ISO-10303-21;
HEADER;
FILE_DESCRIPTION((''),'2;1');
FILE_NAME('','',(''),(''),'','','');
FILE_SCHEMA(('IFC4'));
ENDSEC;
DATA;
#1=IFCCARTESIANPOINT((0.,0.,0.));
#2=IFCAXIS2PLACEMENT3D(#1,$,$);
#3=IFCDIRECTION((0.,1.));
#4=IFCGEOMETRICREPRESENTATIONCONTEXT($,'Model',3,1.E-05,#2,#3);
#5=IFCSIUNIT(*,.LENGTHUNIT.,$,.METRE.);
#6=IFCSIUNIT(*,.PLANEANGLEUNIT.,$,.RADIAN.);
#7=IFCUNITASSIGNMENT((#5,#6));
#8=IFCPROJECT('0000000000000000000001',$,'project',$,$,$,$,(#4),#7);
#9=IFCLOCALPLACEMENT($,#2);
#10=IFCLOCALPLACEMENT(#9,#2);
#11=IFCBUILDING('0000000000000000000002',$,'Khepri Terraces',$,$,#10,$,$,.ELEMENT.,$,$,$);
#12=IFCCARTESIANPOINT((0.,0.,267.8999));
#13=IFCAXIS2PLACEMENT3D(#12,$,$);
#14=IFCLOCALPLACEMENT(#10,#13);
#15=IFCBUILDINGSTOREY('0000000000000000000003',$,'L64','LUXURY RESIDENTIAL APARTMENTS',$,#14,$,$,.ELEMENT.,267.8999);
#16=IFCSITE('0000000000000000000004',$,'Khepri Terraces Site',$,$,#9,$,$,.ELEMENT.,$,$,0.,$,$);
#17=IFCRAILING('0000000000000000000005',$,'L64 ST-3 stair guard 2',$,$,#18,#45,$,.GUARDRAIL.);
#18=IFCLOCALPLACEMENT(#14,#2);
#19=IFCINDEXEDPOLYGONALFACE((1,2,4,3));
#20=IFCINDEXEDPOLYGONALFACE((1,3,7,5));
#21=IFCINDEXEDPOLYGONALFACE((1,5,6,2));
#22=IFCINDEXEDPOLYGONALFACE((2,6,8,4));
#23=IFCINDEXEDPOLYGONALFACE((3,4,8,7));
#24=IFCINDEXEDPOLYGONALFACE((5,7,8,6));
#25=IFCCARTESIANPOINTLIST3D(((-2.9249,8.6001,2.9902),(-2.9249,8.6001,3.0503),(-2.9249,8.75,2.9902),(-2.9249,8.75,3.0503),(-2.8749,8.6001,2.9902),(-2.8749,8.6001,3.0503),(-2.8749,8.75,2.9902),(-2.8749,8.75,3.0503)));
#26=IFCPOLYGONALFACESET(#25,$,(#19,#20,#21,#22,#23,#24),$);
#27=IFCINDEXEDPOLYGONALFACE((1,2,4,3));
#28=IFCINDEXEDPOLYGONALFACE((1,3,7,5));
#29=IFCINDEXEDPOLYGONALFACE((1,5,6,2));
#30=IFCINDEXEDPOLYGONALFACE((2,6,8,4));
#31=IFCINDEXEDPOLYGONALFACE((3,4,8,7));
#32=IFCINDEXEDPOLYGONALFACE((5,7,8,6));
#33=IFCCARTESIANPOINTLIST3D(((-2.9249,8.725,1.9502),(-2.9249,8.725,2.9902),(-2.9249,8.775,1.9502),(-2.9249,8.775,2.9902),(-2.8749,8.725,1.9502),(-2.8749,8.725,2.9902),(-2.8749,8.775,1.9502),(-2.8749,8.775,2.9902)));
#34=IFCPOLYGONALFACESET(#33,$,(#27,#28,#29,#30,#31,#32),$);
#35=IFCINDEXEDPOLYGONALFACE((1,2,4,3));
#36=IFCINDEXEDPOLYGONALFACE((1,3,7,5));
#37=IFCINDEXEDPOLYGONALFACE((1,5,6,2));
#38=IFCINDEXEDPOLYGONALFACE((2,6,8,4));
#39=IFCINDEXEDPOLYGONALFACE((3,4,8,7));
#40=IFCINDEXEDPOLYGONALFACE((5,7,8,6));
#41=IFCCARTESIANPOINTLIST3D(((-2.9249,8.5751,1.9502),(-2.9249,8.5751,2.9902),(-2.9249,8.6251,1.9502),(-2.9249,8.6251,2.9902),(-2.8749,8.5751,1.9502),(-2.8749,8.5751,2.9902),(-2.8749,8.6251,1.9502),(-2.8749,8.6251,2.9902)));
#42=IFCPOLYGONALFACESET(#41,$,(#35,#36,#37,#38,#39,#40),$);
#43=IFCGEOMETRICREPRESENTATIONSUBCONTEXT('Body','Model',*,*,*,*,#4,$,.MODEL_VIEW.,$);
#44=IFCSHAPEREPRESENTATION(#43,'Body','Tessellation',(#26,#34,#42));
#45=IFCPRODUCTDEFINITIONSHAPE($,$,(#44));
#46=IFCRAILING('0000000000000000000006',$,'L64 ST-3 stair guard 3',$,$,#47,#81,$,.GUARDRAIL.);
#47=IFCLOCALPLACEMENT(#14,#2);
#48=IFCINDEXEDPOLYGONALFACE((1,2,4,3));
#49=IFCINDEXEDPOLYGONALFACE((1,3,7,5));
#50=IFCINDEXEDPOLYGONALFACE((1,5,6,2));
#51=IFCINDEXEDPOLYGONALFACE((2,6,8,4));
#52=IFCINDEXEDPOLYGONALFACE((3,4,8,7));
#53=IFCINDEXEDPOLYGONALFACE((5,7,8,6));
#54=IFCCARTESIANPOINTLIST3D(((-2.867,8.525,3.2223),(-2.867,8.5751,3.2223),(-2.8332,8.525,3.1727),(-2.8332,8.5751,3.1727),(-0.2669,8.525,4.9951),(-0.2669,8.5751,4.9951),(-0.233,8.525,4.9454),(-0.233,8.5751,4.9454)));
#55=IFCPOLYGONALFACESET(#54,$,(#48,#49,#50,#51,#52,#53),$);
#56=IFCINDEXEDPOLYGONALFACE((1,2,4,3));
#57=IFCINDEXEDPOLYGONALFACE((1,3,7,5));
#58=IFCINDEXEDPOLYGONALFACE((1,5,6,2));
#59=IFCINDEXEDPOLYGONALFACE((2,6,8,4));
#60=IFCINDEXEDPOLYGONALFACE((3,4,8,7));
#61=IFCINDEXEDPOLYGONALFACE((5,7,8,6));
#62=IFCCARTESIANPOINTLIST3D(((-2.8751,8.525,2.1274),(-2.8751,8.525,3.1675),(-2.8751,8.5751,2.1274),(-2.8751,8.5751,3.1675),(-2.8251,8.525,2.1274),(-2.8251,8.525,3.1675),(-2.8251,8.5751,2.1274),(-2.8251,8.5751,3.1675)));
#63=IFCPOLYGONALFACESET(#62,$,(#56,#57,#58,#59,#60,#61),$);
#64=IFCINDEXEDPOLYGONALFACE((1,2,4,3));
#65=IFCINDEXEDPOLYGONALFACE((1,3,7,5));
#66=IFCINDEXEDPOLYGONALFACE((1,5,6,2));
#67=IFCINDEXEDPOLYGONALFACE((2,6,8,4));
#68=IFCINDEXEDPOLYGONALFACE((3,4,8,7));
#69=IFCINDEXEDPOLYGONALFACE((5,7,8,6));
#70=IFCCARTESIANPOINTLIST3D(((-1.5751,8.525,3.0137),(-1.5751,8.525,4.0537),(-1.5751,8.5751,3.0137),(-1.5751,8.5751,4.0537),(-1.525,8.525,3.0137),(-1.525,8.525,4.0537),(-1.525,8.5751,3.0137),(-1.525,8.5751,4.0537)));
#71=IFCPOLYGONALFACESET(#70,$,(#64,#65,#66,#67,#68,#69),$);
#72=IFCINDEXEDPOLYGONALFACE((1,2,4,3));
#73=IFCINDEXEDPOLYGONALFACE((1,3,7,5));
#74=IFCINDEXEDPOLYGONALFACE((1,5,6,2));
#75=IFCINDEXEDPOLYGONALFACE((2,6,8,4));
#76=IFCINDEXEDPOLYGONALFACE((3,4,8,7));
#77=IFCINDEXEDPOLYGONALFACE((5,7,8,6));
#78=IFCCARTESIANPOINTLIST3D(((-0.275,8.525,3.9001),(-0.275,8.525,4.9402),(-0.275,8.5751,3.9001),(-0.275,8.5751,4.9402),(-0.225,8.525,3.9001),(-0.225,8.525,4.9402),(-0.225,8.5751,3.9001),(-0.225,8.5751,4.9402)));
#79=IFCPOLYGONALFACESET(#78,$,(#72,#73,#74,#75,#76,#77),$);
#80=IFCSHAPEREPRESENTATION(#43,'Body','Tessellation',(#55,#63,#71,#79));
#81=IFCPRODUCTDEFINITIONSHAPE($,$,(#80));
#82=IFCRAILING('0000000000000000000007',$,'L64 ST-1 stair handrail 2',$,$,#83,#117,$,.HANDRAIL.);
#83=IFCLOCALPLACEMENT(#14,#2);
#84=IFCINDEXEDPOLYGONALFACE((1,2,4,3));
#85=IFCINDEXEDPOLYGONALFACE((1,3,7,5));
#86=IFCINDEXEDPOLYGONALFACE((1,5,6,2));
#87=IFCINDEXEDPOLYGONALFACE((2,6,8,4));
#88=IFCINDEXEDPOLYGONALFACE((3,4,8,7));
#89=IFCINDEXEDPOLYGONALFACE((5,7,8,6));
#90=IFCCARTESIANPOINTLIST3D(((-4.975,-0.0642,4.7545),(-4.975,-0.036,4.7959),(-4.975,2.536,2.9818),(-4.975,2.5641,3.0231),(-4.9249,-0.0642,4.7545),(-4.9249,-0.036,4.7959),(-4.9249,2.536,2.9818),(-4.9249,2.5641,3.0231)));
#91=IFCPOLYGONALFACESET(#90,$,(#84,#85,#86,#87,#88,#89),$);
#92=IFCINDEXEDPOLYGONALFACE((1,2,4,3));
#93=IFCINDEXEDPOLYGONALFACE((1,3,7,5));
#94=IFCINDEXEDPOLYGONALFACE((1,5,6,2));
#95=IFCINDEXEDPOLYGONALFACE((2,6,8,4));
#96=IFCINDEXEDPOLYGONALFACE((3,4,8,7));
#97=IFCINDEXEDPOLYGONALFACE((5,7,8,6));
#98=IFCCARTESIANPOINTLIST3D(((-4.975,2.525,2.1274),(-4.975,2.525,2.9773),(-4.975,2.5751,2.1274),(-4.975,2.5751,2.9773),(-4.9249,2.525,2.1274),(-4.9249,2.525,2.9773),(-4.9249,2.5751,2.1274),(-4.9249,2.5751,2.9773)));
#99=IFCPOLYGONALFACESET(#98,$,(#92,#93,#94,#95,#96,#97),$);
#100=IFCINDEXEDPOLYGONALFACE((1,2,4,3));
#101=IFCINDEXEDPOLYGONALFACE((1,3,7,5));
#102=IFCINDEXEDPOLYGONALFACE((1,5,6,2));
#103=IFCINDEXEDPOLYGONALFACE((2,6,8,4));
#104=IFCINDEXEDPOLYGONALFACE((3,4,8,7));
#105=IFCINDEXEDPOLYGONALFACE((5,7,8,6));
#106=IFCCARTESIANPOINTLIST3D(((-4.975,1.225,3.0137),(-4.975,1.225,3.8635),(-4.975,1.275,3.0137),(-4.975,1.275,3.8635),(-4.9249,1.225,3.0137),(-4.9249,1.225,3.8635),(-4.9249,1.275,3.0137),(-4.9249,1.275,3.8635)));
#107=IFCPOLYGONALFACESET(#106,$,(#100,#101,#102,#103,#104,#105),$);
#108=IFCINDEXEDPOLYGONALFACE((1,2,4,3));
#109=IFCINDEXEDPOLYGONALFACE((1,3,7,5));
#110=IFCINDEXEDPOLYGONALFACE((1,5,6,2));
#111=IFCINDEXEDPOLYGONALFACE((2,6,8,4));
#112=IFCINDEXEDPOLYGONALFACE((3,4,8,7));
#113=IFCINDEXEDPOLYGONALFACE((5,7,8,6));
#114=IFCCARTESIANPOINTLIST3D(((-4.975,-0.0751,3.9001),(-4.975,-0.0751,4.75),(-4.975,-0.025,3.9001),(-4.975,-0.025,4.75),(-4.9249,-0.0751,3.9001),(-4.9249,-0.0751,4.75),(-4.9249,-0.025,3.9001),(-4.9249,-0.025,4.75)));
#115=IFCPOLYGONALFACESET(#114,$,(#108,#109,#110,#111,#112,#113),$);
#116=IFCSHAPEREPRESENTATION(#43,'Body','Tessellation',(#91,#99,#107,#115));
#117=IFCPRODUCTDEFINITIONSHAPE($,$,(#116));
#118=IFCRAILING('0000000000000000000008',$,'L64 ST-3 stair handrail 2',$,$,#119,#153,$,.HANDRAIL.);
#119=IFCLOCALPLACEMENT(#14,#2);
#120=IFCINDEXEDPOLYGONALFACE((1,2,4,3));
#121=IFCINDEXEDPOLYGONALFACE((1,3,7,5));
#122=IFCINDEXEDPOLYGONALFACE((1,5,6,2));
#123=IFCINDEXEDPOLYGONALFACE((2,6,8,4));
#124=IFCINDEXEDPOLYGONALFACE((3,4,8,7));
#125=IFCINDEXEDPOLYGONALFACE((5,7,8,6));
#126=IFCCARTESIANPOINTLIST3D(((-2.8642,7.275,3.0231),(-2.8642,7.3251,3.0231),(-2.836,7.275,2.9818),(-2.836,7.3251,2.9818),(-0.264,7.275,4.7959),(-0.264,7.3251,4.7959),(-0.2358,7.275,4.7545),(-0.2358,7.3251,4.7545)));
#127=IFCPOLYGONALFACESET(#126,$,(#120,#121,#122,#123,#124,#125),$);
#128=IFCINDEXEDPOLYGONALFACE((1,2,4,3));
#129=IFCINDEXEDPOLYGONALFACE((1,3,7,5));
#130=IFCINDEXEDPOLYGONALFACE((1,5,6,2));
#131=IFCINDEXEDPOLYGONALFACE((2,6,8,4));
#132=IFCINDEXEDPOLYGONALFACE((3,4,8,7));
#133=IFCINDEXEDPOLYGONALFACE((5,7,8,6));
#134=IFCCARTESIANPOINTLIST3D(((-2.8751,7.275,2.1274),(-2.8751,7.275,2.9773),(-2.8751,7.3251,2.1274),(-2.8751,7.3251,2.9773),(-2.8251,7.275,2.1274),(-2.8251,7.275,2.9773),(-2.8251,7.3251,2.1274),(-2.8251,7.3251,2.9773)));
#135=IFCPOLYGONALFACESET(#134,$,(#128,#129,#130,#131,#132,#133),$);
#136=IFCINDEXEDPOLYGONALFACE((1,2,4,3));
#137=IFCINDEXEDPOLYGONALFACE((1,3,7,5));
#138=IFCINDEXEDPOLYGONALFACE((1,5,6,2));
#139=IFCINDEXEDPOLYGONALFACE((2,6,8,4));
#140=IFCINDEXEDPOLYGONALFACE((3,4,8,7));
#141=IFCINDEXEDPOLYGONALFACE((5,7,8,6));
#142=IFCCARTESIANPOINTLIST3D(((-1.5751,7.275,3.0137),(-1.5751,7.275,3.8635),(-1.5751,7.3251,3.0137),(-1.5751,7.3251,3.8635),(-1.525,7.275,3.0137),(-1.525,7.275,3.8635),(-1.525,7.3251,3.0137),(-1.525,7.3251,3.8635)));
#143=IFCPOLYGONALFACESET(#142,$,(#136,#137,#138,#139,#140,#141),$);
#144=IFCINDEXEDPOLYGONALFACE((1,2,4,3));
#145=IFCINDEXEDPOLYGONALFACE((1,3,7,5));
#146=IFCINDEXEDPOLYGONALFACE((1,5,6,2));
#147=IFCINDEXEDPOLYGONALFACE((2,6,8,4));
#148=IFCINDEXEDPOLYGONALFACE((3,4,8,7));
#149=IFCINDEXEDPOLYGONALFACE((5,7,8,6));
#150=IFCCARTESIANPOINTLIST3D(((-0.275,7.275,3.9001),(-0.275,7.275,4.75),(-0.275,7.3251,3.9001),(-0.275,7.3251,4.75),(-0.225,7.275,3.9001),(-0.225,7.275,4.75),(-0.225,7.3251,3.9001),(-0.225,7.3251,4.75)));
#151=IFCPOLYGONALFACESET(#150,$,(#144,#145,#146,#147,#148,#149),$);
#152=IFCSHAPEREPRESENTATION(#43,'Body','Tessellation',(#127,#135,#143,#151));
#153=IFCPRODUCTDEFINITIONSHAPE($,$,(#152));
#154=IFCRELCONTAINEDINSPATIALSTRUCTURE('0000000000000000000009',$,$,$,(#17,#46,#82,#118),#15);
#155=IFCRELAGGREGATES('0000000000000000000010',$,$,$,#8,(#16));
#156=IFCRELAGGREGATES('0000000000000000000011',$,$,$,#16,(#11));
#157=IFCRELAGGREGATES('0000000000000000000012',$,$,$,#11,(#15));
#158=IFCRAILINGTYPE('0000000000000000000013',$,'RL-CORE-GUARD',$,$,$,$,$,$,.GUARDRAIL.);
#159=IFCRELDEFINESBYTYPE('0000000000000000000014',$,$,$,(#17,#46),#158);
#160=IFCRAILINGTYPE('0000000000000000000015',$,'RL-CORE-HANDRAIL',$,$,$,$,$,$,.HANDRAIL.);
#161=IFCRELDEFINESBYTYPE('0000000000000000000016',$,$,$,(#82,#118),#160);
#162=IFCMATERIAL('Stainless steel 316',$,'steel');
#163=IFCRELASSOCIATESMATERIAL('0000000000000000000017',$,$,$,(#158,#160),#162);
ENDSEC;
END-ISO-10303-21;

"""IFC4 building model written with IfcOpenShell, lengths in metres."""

from ifc_helpers import new_model, si_unit, direction, frame, origin, origin_2d, place, context, subcontext, project, spatial, rectangle, extrude, material, type_object, element, save


model = new_model("IFC4")

# Units and contexts
model_context = context("Model", 3, precision=1e-05, world=origin(), true_north=direction((0.0, 1.0)))
body_context = subcontext(model_context, "Body", "Model", "MODEL_VIEW")
ifc_project = project(units=[si_unit("LENGTHUNIT", "METRE"), si_unit("PLANEANGLEUNIT", "RADIAN")], contexts=[model_context])

# Site, building, storey
site_placement = place(None, origin())
site = spatial("IfcSite", under=ifc_project, at=site_placement, Name="Khepri Terraces Site", CompositionType="ELEMENT", RefElevation=0.0)
building_placement = place(site_placement, origin())
building = spatial("IfcBuilding", under=site, at=building_placement, Name="Khepri Terraces", CompositionType="ELEMENT")
storey_placement = place(building_placement, frame((0.0, 0.0, 267.8999)))
storey = spatial("IfcBuildingStorey", under=building, at=storey_placement, Name="L64", Description="LUXURY RESIDENTIAL APARTMENTS", CompositionType="ELEMENT", Elevation=267.8999)

# Railings
ifc_material_1 = material(Name="Stainless steel 316", Category="steel")
railing_type_1 = type_object("IfcRailingType", Name="RL-CORE-GUARD", PredefinedType="GUARDRAIL", material=ifc_material_1)
railing_1_placement = place(storey_placement, frame((-2.8999, 8.75, 1.9502)))
element("IfcRailing", 1, at=railing_1_placement, inside=storey, type_object=railing_type_1, Name="L64 ST-3 stair guard 2", PredefinedType="GUARDRAIL", context=body_context, shape_type="SweptSolid", body=[
    extrude(rectangle(XDim=0.05, YDim=0.0601, at=origin_2d()), frame((0.0, 0.0, 1.0701), z_axis=(0.0, -1.0, 0.0), x_axis=(1.0, 0.0, 0.0)), (0.0, 0.0, 1.0), 0.1499),
    extrude(rectangle(XDim=0.05, YDim=0.05, at=origin_2d()), origin(), (0.0, 0.0, 1.0), 1.04),
    extrude(rectangle(XDim=0.05, YDim=0.05, at=origin_2d()), frame((0.0, -0.1499, 0.0)), (0.0, 0.0, 1.0), 1.04),
])
railing_2_placement = place(storey_placement, frame((-2.8501, 8.55, 2.1274)))
element("IfcRailing", 2, at=railing_2_placement, inside=storey, type_object=railing_type_1, Name="L64 ST-3 stair guard 3", PredefinedType="GUARDRAIL", context=body_context, shape_type="SweptSolid", body=[
    extrude(rectangle(XDim=0.05, YDim=0.0601, at=origin_2d()), frame((0.0, 0.0, 1.0701), z_axis=(0.82624, 0.0, 0.563318), x_axis=(0.0, 1.0, 0.0)), (0.0, 0.0, 1.0), 3.147),
    extrude(rectangle(XDim=0.05, YDim=0.05, at=origin_2d()), origin(), (0.0, 0.0, 1.0), 1.04),
    extrude(rectangle(XDim=0.05, YDim=0.05, at=origin_2d()), frame((1.3, 0.0, 0.8862)), (0.0, 0.0, 1.0), 1.04),
    extrude(rectangle(XDim=0.05, YDim=0.05, at=origin_2d()), frame((2.6001, 0.0, 1.7727)), (0.0, 0.0, 1.0), 1.04),
])
railing_type_2 = type_object("IfcRailingType", Name="RL-CORE-HANDRAIL", PredefinedType="HANDRAIL", material=ifc_material_1)
railing_3_placement = place(storey_placement, frame((-4.95, 2.55, 2.1274)))
element("IfcRailing", 3, at=railing_3_placement, inside=storey, type_object=railing_type_2, Name="L64 ST-1 stair handrail 2", PredefinedType="HANDRAIL", context=body_context, shape_type="SweptSolid", body=[
    extrude(rectangle(XDim=0.05, YDim=0.05, at=origin_2d()), frame((0.0, 0.0, 0.875), z_axis=(0.0, -0.82624, 0.563318), x_axis=(1.0, 0.0, 0.0)), (0.0, 0.0, 1.0), 3.147),
    extrude(rectangle(XDim=0.05, YDim=0.05, at=origin_2d()), origin(), (0.0, 0.0, 1.0), 0.8499),
    extrude(rectangle(XDim=0.05, YDim=0.05, at=origin_2d()), frame((0.0, -1.3, 0.8862)), (0.0, 0.0, 1.0), 0.8499),
    extrude(rectangle(XDim=0.05, YDim=0.05, at=origin_2d()), frame((0.0, -2.6001, 1.7727)), (0.0, 0.0, 1.0), 0.8499),
])
railing_4_placement = place(storey_placement, frame((-2.8501, 7.3, 2.1274)))
element("IfcRailing", 4, at=railing_4_placement, inside=storey, type_object=railing_type_2, Name="L64 ST-3 stair handrail 2", PredefinedType="HANDRAIL", context=body_context, shape_type="SweptSolid", body=[
    extrude(rectangle(XDim=0.05, YDim=0.05, at=origin_2d()), frame((0.0, 0.0, 0.875), z_axis=(0.82624, 0.0, 0.563318), x_axis=(0.0, 1.0, 0.0)), (0.0, 0.0, 1.0), 3.147),
    extrude(rectangle(XDim=0.05, YDim=0.05, at=origin_2d()), origin(), (0.0, 0.0, 1.0), 0.8499),
    extrude(rectangle(XDim=0.05, YDim=0.05, at=origin_2d()), frame((1.3, 0.0, 0.8862)), (0.0, 0.0, 1.0), 0.8499),
    extrude(rectangle(XDim=0.05, YDim=0.05, at=origin_2d()), frame((2.6001, 0.0, 1.7727)), (0.0, 0.0, 1.0), 0.8499),
])

save(model, "model.ifc")
